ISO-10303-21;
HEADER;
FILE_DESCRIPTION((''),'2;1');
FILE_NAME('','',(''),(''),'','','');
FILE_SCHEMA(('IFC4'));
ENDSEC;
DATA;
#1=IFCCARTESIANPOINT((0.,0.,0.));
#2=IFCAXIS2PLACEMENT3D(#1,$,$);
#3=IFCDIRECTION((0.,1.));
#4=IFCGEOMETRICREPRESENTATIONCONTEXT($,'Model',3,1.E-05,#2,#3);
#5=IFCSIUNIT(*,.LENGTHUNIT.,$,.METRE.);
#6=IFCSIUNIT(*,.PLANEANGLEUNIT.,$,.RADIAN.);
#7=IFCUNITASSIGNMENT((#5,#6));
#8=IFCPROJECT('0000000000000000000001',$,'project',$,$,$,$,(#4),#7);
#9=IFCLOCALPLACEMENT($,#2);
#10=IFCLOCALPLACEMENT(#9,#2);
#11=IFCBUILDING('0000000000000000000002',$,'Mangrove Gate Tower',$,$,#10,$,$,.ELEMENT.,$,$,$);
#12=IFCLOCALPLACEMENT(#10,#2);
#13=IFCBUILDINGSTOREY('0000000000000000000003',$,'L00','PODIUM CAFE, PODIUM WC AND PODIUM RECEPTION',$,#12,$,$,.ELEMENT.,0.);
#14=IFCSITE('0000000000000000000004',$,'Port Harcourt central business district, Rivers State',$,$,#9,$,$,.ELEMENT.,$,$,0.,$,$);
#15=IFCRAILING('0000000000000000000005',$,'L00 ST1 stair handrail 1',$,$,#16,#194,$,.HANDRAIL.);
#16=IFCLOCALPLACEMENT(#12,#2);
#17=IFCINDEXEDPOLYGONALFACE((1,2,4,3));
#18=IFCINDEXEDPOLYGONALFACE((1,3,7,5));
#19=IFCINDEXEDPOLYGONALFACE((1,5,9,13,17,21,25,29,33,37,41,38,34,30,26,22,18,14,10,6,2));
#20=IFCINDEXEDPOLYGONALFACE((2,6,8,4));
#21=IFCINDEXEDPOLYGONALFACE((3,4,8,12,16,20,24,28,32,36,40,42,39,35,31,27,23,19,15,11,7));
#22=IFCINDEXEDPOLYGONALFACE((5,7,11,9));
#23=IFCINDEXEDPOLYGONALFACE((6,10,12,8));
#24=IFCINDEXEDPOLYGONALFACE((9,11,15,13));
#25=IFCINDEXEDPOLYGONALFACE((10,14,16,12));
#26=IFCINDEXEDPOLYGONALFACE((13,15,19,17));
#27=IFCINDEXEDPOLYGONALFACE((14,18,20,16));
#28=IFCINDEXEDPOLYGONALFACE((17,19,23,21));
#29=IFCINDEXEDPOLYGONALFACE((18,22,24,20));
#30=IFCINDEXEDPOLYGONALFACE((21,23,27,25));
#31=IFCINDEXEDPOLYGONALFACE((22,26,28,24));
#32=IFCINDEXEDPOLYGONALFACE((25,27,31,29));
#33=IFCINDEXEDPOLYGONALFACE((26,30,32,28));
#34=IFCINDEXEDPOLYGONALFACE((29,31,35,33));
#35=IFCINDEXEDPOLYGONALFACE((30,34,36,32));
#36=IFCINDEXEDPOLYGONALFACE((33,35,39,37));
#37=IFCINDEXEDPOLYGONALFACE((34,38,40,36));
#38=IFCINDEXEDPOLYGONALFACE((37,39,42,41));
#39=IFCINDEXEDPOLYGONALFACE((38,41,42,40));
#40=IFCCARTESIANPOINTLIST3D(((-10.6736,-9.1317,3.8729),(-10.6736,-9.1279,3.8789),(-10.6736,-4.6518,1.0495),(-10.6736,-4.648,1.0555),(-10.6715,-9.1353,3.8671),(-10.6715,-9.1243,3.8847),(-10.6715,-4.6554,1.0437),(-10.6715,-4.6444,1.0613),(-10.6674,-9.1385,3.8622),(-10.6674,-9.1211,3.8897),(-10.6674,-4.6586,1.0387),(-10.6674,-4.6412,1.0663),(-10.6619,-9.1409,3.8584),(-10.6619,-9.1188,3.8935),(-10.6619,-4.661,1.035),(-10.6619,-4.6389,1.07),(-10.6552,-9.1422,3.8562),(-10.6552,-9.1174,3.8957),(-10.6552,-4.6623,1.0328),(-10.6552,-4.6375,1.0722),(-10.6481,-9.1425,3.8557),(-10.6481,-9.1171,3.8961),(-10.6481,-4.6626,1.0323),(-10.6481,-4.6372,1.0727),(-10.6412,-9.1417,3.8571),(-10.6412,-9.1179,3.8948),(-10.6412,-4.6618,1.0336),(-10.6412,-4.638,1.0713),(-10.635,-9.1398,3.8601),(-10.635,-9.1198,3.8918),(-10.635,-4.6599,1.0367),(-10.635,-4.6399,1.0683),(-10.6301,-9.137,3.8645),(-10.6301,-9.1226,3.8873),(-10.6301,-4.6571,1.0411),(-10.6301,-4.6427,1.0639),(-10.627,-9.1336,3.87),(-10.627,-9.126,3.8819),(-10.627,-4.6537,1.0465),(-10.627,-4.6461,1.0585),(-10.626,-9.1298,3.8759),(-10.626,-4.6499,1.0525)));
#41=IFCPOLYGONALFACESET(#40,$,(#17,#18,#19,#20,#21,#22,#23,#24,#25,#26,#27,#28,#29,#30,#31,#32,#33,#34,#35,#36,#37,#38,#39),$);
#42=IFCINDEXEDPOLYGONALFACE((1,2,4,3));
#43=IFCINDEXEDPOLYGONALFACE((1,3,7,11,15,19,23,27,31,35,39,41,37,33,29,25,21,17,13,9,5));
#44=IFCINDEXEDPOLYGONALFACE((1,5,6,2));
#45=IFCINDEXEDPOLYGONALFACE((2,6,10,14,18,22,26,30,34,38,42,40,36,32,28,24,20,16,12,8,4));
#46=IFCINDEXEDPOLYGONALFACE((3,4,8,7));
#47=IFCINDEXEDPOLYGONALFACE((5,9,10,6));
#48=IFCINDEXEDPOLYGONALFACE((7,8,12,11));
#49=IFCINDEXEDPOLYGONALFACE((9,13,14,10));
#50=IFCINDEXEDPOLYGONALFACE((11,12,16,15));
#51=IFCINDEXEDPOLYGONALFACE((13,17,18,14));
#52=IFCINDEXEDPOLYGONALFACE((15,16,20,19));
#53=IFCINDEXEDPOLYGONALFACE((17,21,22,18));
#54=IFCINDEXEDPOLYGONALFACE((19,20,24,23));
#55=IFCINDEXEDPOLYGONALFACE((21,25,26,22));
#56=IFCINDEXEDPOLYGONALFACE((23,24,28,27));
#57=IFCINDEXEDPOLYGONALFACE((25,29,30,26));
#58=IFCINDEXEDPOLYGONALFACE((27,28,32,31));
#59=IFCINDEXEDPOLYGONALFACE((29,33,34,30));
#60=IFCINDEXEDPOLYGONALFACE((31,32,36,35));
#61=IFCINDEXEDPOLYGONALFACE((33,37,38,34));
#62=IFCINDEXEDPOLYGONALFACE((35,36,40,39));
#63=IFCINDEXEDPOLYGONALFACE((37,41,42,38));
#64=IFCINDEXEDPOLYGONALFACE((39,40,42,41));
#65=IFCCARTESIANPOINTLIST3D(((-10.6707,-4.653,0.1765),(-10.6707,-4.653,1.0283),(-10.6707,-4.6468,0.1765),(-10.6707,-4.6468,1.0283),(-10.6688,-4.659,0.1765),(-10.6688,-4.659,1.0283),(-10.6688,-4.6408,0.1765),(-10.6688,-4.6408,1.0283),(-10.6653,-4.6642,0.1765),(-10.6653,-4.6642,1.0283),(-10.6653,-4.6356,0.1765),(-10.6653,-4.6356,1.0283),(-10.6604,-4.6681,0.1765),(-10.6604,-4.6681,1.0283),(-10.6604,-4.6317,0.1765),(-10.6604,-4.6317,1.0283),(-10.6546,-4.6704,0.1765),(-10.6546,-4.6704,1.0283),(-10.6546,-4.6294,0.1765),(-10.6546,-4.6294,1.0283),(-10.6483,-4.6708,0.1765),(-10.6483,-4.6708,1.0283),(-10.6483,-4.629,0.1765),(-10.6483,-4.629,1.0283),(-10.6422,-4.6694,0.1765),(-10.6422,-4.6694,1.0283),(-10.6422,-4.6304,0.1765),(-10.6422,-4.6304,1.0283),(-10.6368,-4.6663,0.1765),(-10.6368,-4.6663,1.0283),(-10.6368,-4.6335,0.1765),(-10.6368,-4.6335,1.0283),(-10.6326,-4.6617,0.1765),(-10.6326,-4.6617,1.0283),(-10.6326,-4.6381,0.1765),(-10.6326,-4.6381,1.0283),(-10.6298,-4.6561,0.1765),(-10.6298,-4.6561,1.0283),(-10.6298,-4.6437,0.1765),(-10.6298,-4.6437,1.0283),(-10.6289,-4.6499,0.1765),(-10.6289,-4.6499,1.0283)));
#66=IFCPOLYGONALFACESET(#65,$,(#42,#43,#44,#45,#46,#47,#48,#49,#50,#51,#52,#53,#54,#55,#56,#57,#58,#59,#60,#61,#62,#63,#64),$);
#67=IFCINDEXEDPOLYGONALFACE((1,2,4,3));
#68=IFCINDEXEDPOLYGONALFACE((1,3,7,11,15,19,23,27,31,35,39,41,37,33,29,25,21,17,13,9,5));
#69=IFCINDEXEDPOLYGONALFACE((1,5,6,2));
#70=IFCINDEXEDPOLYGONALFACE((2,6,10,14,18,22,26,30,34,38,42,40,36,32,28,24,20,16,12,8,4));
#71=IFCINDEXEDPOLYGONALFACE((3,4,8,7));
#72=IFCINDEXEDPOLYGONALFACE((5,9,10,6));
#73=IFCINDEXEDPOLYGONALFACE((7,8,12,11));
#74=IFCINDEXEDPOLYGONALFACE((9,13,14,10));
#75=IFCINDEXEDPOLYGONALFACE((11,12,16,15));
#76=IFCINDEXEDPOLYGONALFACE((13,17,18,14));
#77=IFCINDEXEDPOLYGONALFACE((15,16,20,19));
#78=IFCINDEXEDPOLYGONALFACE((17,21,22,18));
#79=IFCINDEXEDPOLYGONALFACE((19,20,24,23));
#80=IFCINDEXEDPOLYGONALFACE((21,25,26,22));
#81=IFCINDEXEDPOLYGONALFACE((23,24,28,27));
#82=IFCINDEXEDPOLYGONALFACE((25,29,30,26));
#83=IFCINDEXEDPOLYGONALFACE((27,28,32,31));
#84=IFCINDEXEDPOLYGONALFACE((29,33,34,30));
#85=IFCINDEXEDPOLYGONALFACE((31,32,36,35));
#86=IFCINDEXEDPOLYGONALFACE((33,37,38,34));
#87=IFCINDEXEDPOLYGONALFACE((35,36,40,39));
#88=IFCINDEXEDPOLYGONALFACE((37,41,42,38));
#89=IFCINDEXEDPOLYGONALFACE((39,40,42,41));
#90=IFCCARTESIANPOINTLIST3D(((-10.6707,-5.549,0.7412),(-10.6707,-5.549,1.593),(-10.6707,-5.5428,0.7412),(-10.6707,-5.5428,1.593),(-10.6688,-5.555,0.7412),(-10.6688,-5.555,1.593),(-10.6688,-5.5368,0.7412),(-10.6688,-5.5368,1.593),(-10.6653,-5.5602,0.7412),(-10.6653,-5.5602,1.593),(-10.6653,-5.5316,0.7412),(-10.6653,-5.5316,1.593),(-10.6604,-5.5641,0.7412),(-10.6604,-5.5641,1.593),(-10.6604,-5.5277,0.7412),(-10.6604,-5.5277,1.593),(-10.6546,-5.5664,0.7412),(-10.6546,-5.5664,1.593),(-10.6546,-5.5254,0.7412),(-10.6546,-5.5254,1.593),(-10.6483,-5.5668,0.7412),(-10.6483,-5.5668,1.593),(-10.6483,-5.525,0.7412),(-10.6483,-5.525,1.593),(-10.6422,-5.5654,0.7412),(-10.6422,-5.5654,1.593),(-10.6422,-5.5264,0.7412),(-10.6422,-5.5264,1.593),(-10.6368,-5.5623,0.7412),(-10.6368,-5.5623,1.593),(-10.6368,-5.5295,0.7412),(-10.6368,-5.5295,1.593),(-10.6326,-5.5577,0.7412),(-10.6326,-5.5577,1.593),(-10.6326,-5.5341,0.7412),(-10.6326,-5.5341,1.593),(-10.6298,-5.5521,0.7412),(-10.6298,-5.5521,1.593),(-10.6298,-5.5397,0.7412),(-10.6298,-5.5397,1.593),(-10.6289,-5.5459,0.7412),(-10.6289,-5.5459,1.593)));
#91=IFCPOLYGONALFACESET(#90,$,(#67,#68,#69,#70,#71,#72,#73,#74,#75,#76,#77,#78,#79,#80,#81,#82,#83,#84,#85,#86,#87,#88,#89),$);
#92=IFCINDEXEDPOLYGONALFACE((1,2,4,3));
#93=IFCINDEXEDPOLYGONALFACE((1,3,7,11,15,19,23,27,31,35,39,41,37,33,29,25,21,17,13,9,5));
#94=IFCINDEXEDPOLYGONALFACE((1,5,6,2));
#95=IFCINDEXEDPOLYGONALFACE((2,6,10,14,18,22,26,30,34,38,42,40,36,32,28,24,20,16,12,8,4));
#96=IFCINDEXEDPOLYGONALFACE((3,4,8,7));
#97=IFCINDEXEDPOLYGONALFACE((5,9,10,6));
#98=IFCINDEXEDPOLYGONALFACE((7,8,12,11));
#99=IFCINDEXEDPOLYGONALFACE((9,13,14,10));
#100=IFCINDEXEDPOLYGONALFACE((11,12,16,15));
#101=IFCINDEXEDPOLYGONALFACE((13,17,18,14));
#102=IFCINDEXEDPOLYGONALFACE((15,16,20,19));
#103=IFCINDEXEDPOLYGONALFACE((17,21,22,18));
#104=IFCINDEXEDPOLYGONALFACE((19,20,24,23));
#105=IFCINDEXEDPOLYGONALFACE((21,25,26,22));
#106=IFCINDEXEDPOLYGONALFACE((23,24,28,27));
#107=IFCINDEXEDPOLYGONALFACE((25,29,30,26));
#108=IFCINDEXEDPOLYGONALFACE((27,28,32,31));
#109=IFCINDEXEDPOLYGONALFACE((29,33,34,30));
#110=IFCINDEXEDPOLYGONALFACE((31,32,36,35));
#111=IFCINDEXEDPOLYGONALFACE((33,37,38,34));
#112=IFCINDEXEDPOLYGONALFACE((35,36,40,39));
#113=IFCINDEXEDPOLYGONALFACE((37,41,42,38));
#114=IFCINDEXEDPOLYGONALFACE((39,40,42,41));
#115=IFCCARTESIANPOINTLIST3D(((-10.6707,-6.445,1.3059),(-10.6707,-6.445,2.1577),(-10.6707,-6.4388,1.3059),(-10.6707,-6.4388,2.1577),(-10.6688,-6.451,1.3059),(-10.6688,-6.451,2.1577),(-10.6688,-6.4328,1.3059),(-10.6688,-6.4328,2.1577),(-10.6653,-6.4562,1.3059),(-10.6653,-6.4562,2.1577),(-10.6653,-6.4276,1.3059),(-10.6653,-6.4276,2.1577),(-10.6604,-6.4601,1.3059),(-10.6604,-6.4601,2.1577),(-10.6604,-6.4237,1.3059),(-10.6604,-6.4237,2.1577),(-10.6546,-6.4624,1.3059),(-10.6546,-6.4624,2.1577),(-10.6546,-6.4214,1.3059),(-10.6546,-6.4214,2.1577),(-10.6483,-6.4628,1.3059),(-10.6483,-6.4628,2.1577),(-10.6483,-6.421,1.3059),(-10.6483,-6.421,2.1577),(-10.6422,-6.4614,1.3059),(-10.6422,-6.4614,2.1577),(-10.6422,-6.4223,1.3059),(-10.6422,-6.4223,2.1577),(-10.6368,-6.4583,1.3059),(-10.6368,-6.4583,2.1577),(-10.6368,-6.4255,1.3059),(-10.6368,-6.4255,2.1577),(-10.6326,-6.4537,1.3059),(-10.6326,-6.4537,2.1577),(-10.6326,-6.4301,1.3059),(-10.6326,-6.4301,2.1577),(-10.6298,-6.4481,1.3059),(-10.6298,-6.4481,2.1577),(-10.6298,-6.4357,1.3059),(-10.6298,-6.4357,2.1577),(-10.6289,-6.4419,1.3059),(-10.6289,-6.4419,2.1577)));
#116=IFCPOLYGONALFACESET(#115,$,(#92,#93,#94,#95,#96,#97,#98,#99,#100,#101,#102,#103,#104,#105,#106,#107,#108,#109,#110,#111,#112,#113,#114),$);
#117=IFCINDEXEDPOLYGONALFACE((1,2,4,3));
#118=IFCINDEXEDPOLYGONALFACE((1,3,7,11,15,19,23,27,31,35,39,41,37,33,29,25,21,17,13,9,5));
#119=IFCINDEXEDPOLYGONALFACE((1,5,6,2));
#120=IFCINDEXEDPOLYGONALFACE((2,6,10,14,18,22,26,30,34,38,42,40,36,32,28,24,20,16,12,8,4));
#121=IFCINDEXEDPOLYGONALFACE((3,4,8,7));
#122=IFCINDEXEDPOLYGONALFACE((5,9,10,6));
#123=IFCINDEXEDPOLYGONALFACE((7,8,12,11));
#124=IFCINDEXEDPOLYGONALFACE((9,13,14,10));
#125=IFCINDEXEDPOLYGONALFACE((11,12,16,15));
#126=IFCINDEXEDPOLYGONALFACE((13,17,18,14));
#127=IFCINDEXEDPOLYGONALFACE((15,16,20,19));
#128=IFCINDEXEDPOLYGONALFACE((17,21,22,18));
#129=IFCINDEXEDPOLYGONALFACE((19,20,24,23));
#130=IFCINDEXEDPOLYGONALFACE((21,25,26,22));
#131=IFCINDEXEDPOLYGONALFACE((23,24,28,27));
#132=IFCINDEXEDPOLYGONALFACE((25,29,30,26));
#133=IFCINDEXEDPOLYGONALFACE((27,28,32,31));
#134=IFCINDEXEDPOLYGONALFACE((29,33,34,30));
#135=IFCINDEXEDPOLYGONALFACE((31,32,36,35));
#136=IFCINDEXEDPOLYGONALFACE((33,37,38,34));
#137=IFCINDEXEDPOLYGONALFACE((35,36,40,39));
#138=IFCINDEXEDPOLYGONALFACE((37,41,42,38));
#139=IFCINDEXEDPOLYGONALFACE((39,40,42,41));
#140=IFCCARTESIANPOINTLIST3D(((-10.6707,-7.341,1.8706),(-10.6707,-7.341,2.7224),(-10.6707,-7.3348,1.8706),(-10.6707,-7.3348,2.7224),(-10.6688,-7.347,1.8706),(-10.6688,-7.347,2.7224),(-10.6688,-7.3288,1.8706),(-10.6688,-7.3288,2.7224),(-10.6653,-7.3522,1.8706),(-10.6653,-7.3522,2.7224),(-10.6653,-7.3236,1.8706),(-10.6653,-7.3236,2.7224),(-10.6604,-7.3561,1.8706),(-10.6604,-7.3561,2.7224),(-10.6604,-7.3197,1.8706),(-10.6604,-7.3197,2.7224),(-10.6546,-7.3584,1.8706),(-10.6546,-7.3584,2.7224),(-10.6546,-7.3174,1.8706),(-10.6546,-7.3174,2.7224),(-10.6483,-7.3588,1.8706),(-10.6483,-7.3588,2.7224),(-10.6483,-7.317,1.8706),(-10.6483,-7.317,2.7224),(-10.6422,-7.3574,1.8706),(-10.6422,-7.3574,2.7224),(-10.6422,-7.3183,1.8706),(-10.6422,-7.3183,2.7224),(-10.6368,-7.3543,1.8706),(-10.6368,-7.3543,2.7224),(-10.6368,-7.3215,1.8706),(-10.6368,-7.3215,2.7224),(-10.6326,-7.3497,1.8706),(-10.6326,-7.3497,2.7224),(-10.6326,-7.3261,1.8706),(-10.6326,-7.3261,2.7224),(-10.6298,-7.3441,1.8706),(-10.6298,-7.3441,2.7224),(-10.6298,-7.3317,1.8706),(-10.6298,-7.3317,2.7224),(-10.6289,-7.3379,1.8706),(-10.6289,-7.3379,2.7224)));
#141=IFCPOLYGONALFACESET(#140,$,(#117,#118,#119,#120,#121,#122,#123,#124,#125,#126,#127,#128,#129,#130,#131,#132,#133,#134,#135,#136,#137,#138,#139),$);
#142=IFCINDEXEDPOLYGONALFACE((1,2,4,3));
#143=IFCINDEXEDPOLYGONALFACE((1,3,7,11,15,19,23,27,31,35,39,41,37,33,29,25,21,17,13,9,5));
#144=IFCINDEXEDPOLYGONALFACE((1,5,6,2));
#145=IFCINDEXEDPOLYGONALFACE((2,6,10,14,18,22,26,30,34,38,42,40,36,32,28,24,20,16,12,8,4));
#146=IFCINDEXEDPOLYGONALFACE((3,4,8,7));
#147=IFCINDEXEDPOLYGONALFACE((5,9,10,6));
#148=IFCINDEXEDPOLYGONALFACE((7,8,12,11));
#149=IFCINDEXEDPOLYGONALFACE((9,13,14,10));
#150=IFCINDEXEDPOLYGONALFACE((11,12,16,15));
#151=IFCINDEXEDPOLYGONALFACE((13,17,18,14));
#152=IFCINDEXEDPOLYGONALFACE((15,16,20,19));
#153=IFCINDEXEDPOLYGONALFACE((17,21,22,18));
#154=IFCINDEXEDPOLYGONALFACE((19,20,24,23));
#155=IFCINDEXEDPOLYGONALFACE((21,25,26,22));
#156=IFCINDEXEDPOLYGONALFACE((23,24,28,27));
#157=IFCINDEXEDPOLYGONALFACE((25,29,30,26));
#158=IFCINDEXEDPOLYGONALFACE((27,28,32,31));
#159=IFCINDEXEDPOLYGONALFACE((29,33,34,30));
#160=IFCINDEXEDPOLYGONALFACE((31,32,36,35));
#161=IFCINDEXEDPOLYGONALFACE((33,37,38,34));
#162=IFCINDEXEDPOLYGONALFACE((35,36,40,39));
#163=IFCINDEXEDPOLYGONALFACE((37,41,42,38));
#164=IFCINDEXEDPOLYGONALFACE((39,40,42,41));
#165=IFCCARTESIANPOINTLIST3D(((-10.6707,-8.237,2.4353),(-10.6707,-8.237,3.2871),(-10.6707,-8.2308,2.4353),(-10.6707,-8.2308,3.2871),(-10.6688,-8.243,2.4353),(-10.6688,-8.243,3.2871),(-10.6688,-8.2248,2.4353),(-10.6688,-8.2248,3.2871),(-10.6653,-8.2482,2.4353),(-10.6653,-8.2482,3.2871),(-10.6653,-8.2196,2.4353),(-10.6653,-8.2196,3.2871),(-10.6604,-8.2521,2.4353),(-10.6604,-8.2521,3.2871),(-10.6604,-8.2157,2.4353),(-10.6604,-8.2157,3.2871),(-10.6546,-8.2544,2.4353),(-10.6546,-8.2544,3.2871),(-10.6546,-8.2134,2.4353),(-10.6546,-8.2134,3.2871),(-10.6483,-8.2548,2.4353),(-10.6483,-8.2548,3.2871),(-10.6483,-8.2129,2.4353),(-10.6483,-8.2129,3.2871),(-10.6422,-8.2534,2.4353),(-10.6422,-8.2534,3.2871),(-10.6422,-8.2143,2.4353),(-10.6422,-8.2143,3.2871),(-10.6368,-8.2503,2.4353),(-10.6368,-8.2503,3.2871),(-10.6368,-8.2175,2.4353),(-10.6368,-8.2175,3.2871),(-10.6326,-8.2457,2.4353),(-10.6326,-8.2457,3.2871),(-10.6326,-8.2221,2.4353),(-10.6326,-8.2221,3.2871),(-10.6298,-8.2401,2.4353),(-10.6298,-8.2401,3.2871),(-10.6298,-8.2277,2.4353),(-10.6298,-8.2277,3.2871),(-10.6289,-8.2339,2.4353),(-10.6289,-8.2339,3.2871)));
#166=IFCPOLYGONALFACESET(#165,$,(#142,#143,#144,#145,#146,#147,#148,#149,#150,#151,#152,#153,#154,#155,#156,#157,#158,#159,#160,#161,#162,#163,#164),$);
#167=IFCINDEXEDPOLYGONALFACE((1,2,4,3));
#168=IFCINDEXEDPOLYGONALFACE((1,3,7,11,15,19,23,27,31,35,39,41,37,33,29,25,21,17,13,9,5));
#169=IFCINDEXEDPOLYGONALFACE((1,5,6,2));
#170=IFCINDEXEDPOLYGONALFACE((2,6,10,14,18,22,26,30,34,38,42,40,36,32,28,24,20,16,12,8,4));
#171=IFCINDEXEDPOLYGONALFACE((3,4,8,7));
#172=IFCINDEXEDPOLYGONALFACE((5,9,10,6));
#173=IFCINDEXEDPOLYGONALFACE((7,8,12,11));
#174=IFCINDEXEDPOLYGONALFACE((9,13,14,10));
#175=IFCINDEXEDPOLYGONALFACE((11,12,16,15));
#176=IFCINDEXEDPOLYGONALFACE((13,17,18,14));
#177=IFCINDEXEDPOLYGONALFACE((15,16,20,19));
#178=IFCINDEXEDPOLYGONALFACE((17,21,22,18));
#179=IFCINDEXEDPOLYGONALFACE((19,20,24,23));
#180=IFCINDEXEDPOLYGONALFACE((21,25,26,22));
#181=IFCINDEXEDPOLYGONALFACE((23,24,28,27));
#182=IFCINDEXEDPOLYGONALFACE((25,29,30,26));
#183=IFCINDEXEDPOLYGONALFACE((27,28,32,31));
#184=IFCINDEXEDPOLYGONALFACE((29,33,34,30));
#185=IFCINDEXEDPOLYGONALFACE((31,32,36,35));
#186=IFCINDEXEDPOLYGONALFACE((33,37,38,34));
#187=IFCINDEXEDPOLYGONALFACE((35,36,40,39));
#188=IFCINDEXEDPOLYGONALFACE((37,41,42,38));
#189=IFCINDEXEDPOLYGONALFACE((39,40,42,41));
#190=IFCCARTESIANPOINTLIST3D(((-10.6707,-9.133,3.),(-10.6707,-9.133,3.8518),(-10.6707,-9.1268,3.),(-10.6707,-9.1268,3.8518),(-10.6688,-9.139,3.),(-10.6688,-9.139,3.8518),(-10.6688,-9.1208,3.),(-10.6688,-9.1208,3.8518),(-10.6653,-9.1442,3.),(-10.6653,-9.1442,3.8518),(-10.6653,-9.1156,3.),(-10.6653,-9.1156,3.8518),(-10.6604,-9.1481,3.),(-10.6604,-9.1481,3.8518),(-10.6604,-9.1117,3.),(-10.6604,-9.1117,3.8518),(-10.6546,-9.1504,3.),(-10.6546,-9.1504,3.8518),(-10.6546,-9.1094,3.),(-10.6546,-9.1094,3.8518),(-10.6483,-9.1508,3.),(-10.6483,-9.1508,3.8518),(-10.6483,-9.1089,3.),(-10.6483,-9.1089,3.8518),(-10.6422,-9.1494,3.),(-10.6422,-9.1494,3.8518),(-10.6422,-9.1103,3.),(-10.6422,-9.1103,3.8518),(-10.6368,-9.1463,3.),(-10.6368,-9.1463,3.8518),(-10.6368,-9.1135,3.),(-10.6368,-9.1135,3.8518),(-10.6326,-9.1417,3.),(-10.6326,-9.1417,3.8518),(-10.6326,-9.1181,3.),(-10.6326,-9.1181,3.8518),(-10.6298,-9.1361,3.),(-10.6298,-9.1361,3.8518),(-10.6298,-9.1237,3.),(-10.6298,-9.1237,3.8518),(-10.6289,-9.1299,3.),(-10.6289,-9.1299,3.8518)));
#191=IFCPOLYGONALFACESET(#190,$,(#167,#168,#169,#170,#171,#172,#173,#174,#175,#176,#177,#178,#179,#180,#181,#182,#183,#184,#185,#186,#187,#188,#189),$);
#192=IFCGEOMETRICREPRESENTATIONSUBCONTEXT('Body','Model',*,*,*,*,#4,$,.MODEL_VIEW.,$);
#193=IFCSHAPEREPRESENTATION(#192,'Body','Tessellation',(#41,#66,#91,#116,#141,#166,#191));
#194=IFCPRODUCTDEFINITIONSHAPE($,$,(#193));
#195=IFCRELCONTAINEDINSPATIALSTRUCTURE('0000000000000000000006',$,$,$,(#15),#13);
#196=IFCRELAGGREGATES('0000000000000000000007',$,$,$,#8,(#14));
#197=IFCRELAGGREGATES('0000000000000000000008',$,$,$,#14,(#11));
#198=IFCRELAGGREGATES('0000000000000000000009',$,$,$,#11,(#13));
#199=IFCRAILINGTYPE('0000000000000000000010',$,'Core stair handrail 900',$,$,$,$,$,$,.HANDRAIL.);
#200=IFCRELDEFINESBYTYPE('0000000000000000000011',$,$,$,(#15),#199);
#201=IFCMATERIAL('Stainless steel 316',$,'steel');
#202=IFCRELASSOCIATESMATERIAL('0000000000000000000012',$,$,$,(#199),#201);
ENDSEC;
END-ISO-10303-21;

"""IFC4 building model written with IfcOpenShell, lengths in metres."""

from ifc_helpers import new_model, si_unit, direction, frame, origin, origin_2d, place, context, subcontext, project, spatial, circle, extrude, material, type_object, element, save


model = new_model("IFC4")

# Units and contexts
model_context = context("Model", 3, precision=1e-05, world=origin(), true_north=direction((0.0, 1.0)))
body_context = subcontext(model_context, "Body", "Model", "MODEL_VIEW")
ifc_project = project(units=[si_unit("LENGTHUNIT", "METRE"), si_unit("PLANEANGLEUNIT", "RADIAN")], contexts=[model_context])

# Site, building, storey
site_placement = place(None, origin())
site = spatial("IfcSite", under=ifc_project, at=site_placement, Name="Port Harcourt central business district, Rivers State", CompositionType="ELEMENT", RefElevation=0.0)
building_placement = place(site_placement, origin())
building = spatial("IfcBuilding", under=site, at=building_placement, Name="Mangrove Gate Tower", CompositionType="ELEMENT")
storey_placement = place(building_placement, origin())
storey = spatial("IfcBuildingStorey", under=building, at=storey_placement, Name="L00", Description="PODIUM CAFE, PODIUM WC AND PODIUM RECEPTION", CompositionType="ELEMENT", Elevation=0.0)

# Railing
ifc_material_1 = material(Name="Stainless steel 316", Category="steel")
railing_type_1 = type_object("IfcRailingType", Name="Core stair handrail 900", PredefinedType="HANDRAIL", material=ifc_material_1)
railing_1_placement = place(storey_placement, frame((-10.6499, -4.6499, 0.1765)))
element("IfcRailing", 1, at=railing_1_placement, inside=storey, type_object=railing_type_1, Name="L00 ST1 stair handrail 1", PredefinedType="HANDRAIL", context=body_context, shape_type="SweptSolid", body=[
    extrude(circle(Radius=0.0239, at=origin_2d()), frame((0.0, 0.0, 0.876), z_axis=(0.0, -0.845998, 0.533186), x_axis=(1.0, 0.0, 0.0)), (0.0, 0.0, 1.0), 5.2954),
    extrude(circle(Radius=0.021, at=origin_2d()), origin(), (0.0, 0.0, 1.0), 0.8518),
    extrude(circle(Radius=0.021, at=origin_2d()), frame((0.0, -0.896, 0.5647)), (0.0, 0.0, 1.0), 0.8518),
    extrude(circle(Radius=0.021, at=origin_2d()), frame((0.0, -1.792, 1.1294)), (0.0, 0.0, 1.0), 0.8518),
    extrude(circle(Radius=0.021, at=origin_2d()), frame((0.0, -2.688, 1.6941)), (0.0, 0.0, 1.0), 0.8518),
    extrude(circle(Radius=0.021, at=origin_2d()), frame((0.0, -3.584, 2.2588)), (0.0, 0.0, 1.0), 0.8518),
    extrude(circle(Radius=0.021, at=origin_2d()), frame((0.0, -4.48, 2.8235)), (0.0, 0.0, 1.0), 0.8518),
])

save(model, "model.ifc")
